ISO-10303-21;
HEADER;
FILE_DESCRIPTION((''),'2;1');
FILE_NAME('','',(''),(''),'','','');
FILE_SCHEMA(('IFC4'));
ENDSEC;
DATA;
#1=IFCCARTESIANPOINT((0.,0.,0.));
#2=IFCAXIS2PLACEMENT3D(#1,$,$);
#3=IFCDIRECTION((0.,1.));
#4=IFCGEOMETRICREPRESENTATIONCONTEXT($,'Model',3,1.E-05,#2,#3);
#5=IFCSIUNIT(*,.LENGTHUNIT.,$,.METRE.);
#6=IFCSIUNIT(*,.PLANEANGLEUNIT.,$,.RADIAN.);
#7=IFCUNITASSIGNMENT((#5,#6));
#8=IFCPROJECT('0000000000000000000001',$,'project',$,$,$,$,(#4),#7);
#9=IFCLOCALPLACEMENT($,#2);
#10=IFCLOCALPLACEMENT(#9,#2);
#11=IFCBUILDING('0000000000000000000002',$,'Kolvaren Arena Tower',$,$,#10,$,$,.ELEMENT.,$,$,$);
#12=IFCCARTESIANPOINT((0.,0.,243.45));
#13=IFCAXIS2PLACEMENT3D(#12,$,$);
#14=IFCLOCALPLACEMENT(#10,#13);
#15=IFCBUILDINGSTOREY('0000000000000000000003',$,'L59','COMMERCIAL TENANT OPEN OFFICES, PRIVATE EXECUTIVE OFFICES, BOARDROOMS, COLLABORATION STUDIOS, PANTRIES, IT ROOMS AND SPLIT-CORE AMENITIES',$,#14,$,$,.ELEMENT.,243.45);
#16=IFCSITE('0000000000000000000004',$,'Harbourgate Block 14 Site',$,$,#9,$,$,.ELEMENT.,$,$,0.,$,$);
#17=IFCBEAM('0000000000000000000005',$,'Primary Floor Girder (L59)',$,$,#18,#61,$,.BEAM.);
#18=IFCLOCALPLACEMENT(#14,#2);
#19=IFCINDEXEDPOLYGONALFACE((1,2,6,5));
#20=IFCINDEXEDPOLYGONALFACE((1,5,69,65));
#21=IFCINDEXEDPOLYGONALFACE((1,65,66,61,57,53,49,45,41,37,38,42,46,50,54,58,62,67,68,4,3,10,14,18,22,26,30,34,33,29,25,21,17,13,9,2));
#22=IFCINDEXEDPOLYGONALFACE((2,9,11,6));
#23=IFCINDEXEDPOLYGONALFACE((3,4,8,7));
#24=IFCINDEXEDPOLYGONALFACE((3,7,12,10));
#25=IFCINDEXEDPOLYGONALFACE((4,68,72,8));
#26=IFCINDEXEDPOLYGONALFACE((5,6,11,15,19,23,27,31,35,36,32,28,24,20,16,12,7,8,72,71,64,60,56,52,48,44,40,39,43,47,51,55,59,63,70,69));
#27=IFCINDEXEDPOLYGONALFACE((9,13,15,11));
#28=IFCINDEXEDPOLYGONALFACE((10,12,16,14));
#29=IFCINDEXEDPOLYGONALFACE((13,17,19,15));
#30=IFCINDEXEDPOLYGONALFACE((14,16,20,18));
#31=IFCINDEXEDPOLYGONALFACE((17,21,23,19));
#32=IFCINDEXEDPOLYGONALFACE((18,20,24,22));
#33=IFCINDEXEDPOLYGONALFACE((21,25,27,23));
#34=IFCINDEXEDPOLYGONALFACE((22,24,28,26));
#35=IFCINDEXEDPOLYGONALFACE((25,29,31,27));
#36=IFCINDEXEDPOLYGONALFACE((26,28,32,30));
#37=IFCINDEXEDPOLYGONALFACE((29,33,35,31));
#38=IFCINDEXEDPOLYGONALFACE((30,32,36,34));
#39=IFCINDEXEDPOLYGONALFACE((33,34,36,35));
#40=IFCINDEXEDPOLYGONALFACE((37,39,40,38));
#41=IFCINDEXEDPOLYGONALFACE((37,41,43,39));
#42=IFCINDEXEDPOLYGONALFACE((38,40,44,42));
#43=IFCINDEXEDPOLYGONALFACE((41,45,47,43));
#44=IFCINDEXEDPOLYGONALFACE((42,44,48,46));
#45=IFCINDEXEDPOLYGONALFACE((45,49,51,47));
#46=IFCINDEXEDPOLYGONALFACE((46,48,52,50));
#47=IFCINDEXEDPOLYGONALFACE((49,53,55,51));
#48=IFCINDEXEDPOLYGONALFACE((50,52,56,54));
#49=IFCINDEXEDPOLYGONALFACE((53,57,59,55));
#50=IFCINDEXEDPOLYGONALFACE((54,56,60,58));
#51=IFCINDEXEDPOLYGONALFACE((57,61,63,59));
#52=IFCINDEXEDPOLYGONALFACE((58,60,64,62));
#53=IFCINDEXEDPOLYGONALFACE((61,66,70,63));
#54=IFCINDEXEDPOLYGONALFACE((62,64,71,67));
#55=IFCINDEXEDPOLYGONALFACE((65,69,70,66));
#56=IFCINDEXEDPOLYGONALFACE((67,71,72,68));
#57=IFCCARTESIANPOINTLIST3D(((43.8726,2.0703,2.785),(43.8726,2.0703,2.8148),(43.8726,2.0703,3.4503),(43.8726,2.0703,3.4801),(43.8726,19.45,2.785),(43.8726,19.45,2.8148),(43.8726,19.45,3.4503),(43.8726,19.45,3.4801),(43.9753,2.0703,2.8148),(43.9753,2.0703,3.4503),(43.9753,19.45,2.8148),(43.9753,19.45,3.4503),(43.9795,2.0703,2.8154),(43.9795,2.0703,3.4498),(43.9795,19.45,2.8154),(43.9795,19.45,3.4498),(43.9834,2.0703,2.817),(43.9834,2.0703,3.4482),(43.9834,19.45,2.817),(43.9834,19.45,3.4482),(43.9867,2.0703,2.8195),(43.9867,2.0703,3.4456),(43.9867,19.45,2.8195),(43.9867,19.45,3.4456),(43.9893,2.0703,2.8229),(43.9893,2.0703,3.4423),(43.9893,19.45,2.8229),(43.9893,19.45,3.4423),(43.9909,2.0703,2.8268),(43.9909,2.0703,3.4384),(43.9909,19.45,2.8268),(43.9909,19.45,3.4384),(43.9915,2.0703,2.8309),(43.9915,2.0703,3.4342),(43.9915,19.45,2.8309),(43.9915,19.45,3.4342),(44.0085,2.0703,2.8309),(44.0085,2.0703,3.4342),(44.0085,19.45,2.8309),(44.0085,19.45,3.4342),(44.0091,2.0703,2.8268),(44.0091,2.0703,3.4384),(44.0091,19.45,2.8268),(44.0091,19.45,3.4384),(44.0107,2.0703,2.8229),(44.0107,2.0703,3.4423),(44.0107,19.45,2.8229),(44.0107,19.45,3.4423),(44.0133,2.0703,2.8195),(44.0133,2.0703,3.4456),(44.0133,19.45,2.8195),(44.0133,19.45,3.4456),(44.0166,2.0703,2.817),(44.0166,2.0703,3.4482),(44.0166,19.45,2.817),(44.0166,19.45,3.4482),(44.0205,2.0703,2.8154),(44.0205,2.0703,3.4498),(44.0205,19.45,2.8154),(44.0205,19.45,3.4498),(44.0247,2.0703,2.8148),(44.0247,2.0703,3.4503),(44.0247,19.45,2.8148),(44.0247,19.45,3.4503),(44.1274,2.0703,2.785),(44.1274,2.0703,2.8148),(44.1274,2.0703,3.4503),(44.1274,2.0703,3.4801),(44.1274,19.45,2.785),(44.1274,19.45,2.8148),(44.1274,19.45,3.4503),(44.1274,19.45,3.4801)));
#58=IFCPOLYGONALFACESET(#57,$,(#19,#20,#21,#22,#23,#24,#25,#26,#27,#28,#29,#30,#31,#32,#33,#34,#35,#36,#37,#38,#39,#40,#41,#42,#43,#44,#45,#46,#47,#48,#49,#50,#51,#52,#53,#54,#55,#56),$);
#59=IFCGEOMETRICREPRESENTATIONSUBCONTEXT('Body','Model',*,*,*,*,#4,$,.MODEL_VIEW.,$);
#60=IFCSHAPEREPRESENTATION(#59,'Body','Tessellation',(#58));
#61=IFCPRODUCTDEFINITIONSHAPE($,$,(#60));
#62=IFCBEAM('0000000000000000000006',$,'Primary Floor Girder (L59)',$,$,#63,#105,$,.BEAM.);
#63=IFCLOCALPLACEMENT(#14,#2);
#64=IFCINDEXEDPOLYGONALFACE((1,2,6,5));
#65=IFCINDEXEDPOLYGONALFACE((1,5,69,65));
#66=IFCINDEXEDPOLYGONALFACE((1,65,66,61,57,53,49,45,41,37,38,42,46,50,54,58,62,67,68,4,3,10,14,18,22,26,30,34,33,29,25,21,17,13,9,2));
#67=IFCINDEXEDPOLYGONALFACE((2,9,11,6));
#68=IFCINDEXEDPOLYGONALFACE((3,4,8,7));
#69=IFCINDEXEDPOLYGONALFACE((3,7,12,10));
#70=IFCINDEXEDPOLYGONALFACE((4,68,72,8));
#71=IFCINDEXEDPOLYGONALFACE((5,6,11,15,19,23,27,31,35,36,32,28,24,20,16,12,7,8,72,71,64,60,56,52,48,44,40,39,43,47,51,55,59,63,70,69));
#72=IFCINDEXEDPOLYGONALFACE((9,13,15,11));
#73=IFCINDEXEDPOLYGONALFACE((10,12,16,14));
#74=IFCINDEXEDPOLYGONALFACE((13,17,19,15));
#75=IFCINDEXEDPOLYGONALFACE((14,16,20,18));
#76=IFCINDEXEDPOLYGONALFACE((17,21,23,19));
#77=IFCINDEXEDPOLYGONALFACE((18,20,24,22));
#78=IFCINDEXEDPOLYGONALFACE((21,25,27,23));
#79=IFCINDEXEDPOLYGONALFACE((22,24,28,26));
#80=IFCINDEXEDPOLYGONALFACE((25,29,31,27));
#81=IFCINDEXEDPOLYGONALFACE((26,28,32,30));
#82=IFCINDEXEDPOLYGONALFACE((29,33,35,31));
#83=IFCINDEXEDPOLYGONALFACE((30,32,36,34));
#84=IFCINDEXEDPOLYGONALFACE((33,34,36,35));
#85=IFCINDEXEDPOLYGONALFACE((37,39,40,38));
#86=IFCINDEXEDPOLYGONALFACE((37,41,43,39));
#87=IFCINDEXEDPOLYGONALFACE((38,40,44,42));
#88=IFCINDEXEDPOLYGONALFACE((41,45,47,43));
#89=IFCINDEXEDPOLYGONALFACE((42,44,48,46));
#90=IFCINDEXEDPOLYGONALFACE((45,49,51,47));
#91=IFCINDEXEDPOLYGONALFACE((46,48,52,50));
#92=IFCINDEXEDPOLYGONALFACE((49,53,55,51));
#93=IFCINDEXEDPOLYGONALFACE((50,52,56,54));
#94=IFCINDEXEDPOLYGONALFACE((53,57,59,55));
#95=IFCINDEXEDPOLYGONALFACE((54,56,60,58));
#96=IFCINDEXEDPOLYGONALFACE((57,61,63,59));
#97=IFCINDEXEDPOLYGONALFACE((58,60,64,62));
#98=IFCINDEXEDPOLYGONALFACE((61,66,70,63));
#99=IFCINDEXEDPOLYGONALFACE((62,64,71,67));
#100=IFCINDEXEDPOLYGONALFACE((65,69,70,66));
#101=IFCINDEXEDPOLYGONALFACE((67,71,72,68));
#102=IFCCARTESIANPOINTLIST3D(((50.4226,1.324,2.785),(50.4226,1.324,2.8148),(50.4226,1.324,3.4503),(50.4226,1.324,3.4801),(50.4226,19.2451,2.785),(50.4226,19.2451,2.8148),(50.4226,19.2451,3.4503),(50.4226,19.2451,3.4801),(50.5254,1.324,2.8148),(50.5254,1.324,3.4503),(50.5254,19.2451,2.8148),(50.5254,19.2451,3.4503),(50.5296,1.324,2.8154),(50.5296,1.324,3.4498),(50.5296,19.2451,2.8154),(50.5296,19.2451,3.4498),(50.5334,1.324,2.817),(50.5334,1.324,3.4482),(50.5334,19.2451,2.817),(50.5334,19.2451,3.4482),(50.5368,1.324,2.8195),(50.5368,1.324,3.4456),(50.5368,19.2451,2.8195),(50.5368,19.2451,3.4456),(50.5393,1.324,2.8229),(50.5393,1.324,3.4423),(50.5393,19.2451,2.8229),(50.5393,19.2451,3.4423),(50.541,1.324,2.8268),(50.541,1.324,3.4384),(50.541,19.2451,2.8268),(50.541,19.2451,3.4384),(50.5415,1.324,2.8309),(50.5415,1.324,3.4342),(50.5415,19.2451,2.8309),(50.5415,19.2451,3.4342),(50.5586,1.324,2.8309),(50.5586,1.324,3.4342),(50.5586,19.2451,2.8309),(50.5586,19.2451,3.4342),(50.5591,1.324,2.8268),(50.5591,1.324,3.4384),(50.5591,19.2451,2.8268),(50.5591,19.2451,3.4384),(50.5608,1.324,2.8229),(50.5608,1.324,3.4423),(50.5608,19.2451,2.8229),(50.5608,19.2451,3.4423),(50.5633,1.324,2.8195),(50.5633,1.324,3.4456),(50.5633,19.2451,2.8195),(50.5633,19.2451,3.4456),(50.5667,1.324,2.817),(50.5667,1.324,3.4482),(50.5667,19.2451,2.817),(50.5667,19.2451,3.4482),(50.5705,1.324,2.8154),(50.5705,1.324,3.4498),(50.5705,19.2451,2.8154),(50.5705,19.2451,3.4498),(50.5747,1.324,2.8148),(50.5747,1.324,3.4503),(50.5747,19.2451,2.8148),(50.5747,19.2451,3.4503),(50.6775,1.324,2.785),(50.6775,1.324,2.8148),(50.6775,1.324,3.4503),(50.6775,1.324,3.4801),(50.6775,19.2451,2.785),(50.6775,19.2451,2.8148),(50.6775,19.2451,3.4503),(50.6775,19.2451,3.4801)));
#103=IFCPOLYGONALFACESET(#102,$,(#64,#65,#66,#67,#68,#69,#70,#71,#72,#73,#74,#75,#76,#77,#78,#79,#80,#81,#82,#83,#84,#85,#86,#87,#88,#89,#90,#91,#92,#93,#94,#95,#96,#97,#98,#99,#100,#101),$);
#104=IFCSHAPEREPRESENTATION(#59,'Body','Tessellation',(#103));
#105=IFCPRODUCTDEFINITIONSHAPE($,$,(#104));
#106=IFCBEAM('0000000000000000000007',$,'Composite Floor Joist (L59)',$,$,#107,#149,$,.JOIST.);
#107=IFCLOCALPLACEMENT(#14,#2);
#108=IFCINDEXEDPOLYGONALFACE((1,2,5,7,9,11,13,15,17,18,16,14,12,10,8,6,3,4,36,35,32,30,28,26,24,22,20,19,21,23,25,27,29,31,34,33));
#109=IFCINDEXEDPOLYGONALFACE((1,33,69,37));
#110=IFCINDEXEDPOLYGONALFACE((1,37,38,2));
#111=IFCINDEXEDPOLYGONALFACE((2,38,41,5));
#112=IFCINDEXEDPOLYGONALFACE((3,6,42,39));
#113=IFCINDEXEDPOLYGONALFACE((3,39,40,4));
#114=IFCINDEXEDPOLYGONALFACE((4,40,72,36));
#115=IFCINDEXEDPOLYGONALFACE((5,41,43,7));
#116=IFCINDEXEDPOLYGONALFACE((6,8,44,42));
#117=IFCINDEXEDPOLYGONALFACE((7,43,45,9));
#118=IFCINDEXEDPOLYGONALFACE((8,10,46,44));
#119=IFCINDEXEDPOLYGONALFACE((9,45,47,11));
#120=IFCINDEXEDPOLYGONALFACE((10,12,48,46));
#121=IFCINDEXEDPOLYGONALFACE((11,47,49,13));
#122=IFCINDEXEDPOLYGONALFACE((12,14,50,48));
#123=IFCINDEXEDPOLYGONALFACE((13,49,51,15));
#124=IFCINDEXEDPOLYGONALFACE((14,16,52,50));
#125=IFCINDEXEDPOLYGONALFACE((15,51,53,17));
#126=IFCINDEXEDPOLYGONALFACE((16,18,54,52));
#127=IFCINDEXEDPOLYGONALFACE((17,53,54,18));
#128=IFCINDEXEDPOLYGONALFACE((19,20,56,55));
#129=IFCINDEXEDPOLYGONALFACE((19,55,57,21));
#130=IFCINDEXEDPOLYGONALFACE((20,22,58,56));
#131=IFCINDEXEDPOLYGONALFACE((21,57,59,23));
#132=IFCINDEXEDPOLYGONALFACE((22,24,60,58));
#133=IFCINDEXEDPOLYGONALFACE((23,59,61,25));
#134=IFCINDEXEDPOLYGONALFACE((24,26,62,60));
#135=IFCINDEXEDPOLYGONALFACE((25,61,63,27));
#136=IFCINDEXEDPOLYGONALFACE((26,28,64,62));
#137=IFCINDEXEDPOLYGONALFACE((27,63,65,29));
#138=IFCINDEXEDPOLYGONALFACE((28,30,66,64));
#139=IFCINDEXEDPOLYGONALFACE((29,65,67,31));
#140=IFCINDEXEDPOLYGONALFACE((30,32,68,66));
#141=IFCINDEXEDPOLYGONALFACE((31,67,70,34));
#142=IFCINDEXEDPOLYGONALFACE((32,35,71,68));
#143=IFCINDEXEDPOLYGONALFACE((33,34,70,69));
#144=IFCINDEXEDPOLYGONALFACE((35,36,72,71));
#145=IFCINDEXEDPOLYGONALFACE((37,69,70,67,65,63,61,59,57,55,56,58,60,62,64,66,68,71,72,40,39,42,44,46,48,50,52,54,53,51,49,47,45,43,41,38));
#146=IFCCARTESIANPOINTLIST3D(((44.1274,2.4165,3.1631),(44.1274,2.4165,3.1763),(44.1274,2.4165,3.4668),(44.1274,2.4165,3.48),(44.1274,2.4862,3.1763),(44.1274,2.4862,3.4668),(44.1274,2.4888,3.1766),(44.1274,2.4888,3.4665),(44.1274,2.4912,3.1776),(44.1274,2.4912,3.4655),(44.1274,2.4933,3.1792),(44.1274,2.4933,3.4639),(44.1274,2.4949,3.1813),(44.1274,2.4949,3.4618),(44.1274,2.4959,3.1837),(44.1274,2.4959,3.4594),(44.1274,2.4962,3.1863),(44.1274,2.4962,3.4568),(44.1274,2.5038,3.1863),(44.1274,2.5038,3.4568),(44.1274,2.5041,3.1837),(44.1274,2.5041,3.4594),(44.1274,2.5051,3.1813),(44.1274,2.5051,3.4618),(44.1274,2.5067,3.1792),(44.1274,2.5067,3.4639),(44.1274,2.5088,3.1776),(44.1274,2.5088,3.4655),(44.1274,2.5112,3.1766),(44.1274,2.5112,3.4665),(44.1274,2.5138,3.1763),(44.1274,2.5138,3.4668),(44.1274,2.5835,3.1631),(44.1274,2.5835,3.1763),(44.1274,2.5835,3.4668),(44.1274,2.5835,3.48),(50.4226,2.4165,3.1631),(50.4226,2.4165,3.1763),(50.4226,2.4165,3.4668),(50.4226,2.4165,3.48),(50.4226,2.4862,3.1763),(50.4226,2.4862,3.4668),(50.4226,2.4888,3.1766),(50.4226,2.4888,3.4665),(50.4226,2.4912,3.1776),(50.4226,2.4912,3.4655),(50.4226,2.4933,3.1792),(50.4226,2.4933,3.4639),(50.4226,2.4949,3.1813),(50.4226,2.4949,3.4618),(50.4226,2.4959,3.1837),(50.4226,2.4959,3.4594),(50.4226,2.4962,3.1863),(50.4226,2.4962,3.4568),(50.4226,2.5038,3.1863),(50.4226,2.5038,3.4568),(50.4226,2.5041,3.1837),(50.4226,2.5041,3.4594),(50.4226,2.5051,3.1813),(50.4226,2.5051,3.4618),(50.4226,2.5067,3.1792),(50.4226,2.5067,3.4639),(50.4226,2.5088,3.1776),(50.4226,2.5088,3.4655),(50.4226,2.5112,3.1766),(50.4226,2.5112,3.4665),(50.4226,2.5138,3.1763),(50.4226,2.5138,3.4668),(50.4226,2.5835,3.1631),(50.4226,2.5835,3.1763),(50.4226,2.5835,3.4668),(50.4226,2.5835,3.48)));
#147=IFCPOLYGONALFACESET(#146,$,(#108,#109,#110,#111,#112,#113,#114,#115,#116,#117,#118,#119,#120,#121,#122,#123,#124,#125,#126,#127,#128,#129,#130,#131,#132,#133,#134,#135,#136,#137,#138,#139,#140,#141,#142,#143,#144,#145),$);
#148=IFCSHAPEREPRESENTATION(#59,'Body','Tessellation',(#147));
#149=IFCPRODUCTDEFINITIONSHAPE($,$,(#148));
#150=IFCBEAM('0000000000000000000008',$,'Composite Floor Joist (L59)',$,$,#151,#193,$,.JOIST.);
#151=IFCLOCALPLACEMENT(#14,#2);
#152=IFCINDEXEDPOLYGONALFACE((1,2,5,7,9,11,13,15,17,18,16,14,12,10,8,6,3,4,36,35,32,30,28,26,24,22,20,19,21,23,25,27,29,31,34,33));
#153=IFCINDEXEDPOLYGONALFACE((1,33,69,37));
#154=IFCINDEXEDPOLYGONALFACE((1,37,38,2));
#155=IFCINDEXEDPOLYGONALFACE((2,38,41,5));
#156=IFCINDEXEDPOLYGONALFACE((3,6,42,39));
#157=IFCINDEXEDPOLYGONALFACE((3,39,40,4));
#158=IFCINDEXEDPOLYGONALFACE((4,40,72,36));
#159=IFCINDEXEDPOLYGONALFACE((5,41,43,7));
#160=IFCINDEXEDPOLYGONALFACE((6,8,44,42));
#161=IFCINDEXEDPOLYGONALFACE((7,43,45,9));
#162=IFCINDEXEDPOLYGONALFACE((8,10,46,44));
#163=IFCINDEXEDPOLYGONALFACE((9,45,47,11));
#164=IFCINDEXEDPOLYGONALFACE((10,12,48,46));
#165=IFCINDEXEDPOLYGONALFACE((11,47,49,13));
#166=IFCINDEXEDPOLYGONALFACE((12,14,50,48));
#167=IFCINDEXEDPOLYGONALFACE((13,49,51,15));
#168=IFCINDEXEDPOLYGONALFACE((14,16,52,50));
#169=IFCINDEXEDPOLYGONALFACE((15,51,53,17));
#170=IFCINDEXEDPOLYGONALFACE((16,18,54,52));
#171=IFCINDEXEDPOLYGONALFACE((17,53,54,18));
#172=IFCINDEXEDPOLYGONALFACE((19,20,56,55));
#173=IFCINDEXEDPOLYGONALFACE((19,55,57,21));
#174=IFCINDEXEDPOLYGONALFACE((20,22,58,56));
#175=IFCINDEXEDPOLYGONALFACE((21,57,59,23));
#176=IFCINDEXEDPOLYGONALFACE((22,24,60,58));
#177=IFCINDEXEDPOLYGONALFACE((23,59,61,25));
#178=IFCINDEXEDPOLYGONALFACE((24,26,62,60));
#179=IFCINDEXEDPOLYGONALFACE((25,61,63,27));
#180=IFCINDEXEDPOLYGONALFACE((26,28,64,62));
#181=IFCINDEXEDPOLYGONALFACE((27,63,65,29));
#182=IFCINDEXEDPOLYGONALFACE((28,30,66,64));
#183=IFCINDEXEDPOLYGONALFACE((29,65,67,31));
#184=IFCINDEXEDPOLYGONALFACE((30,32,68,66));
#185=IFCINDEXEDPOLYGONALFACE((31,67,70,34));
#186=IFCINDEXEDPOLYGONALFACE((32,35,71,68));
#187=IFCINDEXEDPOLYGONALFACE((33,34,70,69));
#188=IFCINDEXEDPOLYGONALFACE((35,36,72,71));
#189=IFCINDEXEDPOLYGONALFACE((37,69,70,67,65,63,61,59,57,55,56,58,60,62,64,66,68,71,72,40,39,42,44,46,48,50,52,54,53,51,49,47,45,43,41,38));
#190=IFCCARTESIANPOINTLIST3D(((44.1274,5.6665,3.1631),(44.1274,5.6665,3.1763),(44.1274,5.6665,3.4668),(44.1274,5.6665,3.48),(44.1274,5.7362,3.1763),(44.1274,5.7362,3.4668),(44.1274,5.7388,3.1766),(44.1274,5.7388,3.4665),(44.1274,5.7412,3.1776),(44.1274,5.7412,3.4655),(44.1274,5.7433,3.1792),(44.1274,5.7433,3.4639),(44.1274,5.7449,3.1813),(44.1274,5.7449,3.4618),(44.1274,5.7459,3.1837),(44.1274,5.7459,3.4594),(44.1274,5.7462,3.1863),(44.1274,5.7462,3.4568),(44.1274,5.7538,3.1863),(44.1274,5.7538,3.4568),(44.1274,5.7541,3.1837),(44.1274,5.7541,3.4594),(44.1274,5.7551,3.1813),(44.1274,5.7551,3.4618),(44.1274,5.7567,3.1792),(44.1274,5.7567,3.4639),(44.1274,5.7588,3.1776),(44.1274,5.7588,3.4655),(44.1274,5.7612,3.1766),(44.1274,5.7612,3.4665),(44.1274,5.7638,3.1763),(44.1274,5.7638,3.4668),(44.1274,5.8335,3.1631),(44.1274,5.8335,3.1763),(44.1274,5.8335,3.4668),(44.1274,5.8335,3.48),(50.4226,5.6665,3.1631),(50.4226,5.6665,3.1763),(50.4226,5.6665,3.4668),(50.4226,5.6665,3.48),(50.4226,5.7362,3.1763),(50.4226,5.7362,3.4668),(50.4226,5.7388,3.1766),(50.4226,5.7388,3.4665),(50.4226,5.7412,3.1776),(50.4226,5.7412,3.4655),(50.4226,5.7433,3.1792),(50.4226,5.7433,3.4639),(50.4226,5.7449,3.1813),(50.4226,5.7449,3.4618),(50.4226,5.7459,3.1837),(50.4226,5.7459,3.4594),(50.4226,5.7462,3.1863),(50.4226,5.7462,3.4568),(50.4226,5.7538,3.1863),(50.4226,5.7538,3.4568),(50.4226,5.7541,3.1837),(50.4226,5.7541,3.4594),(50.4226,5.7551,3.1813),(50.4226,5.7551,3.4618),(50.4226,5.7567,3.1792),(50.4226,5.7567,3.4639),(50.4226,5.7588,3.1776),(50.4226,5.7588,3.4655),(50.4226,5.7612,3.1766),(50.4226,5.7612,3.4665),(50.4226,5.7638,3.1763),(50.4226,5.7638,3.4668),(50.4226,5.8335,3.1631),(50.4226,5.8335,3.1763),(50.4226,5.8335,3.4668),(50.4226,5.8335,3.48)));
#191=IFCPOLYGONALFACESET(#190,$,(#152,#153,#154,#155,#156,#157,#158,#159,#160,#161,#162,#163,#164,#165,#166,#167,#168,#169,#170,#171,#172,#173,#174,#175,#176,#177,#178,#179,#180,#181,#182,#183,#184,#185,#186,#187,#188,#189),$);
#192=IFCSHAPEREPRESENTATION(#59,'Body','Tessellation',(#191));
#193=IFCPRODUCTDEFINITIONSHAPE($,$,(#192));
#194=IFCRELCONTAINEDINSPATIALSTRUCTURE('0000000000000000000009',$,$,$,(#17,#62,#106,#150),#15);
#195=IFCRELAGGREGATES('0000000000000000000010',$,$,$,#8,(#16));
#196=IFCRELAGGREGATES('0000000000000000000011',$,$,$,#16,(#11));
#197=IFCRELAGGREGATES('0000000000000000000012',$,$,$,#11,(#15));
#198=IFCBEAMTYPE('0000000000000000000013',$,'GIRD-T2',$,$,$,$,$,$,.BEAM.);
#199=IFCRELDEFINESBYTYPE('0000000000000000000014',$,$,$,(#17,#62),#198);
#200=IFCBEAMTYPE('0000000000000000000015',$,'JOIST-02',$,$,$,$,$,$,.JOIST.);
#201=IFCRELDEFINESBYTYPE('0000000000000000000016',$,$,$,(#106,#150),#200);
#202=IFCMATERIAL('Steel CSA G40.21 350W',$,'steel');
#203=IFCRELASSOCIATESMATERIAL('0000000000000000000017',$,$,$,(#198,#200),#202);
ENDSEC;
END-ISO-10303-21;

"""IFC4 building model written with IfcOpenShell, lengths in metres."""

from ifc_helpers import new_model, si_unit, direction, frame, origin, origin_2d, place, context, subcontext, project, spatial, i_section, extrude, material, material_profile, profile_set, type_object, element, save


model = new_model("IFC4")

# Units and contexts
model_context = context("Model", 3, precision=1e-05, world=origin(), true_north=direction((0.0, 1.0)))
body_context = subcontext(model_context, "Body", "Model", "MODEL_VIEW")
ifc_project = project(units=[si_unit("LENGTHUNIT", "METRE"), si_unit("PLANEANGLEUNIT", "RADIAN")], contexts=[model_context])

# Site, building, storey
site_placement = place(None, origin())
site = spatial("IfcSite", under=ifc_project, at=site_placement, Name="Harbourgate Block 14 Site", CompositionType="ELEMENT", RefElevation=0.0)
building_placement = place(site_placement, origin())
building = spatial("IfcBuilding", under=site, at=building_placement, Name="Kolvaren Arena Tower", CompositionType="ELEMENT")
storey_placement = place(building_placement, frame((0.0, 0.0, 243.45)))
storey = spatial("IfcBuildingStorey", under=building, at=storey_placement, Name="L59", Description="COMMERCIAL TENANT OPEN OFFICES, PRIVATE EXECUTIVE OFFICES, BOARDROOMS, COLLABORATION STUDIOS, PANTRIES, IT ROOMS AND SPLIT-CORE AMENITIES", CompositionType="ELEMENT", Elevation=243.45)

# Beams
ifc_material_1 = material(Name="Steel CSA G40.21 350W", Category="steel")
ifc_material_profile_1 = material_profile(ifc_material_1, i_section(OverallWidth=0.2549, OverallDepth=0.6951, WebThickness=0.0171, FlangeThickness=0.0298, FilletRadius=0.0161, at=origin_2d()), Name="W690x217")
ifc_profile_set_1 = profile_set([ifc_material_profile_1], Name="Steel CSA G40.21 350W")
beam_type_1 = type_object("IfcBeamType", Name="GIRD-T2", PredefinedType="BEAM", material=ifc_profile_set_1)
beam_1_placement = place(storey_placement, frame((44.0, 2.0703, 3.1326), z_axis=(0.0, 1.0, 0.0), x_axis=(-1.0, 0.0, 0.0)))
element("IfcBeam", 1, at=beam_1_placement, inside=storey, type_object=beam_type_1, Name="Primary Floor Girder (L59)", PredefinedType="BEAM", context=body_context, shape_type="SweptSolid", body=[
    extrude(i_section(OverallWidth=0.2549, OverallDepth=0.6951, WebThickness=0.0171, FlangeThickness=0.0298, FilletRadius=0.0161, at=origin_2d()), origin(), (0.0, 0.0, 1.0), 17.3796),
])
beam_2_placement = place(storey_placement, frame((50.55, 1.324, 3.1326), z_axis=(0.0, 1.0, 0.0), x_axis=(-1.0, 0.0, 0.0)))
element("IfcBeam", 2, at=beam_2_placement, inside=storey, type_object=beam_type_1, Name="Primary Floor Girder (L59)", PredefinedType="BEAM", context=body_context, shape_type="SweptSolid", body=[
    extrude(i_section(OverallWidth=0.2549, OverallDepth=0.6951, WebThickness=0.0171, FlangeThickness=0.0298, FilletRadius=0.0161, at=origin_2d()), origin(), (0.0, 0.0, 1.0), 17.9211),
])
ifc_material_profile_2 = material_profile(ifc_material_1, i_section(OverallWidth=0.167, OverallDepth=0.3169, WebThickness=0.0076, FlangeThickness=0.0132, FilletRadius=0.01, at=origin_2d()), Name="W310x52")
ifc_profile_set_2 = profile_set([ifc_material_profile_2], Name="Steel CSA G40.21 350W")
beam_type_2 = type_object("IfcBeamType", Name="JOIST-02", PredefinedType="JOIST", material=ifc_profile_set_2)
for number, where, z_axis, x_axis, name in (
    (3, (44.1274, 2.5, 3.3215), (1.0, 0.0, 0.0), (0.0, 1.0, 0.0), "Composite Floor Joist (L59)"),
    (4, (44.1274, 5.75, 3.3215), (1.0, 0.0, 0.0), (0.0, 1.0, 0.0), "Composite Floor Joist (L59)"),
):
    element("IfcBeam", number, at=place(storey_placement, frame(where, z_axis=z_axis, x_axis=x_axis)), inside=storey, type_object=beam_type_2, Name=name, PredefinedType="JOIST", context=body_context, shape_type="SweptSolid", body=[
        extrude(i_section(OverallWidth=0.167, OverallDepth=0.3169, WebThickness=0.0076, FlangeThickness=0.0132, FilletRadius=0.01, at=origin_2d()), origin(), (0.0, 0.0, 1.0), 6.2952),
    ])

save(model, "model.ifc")
